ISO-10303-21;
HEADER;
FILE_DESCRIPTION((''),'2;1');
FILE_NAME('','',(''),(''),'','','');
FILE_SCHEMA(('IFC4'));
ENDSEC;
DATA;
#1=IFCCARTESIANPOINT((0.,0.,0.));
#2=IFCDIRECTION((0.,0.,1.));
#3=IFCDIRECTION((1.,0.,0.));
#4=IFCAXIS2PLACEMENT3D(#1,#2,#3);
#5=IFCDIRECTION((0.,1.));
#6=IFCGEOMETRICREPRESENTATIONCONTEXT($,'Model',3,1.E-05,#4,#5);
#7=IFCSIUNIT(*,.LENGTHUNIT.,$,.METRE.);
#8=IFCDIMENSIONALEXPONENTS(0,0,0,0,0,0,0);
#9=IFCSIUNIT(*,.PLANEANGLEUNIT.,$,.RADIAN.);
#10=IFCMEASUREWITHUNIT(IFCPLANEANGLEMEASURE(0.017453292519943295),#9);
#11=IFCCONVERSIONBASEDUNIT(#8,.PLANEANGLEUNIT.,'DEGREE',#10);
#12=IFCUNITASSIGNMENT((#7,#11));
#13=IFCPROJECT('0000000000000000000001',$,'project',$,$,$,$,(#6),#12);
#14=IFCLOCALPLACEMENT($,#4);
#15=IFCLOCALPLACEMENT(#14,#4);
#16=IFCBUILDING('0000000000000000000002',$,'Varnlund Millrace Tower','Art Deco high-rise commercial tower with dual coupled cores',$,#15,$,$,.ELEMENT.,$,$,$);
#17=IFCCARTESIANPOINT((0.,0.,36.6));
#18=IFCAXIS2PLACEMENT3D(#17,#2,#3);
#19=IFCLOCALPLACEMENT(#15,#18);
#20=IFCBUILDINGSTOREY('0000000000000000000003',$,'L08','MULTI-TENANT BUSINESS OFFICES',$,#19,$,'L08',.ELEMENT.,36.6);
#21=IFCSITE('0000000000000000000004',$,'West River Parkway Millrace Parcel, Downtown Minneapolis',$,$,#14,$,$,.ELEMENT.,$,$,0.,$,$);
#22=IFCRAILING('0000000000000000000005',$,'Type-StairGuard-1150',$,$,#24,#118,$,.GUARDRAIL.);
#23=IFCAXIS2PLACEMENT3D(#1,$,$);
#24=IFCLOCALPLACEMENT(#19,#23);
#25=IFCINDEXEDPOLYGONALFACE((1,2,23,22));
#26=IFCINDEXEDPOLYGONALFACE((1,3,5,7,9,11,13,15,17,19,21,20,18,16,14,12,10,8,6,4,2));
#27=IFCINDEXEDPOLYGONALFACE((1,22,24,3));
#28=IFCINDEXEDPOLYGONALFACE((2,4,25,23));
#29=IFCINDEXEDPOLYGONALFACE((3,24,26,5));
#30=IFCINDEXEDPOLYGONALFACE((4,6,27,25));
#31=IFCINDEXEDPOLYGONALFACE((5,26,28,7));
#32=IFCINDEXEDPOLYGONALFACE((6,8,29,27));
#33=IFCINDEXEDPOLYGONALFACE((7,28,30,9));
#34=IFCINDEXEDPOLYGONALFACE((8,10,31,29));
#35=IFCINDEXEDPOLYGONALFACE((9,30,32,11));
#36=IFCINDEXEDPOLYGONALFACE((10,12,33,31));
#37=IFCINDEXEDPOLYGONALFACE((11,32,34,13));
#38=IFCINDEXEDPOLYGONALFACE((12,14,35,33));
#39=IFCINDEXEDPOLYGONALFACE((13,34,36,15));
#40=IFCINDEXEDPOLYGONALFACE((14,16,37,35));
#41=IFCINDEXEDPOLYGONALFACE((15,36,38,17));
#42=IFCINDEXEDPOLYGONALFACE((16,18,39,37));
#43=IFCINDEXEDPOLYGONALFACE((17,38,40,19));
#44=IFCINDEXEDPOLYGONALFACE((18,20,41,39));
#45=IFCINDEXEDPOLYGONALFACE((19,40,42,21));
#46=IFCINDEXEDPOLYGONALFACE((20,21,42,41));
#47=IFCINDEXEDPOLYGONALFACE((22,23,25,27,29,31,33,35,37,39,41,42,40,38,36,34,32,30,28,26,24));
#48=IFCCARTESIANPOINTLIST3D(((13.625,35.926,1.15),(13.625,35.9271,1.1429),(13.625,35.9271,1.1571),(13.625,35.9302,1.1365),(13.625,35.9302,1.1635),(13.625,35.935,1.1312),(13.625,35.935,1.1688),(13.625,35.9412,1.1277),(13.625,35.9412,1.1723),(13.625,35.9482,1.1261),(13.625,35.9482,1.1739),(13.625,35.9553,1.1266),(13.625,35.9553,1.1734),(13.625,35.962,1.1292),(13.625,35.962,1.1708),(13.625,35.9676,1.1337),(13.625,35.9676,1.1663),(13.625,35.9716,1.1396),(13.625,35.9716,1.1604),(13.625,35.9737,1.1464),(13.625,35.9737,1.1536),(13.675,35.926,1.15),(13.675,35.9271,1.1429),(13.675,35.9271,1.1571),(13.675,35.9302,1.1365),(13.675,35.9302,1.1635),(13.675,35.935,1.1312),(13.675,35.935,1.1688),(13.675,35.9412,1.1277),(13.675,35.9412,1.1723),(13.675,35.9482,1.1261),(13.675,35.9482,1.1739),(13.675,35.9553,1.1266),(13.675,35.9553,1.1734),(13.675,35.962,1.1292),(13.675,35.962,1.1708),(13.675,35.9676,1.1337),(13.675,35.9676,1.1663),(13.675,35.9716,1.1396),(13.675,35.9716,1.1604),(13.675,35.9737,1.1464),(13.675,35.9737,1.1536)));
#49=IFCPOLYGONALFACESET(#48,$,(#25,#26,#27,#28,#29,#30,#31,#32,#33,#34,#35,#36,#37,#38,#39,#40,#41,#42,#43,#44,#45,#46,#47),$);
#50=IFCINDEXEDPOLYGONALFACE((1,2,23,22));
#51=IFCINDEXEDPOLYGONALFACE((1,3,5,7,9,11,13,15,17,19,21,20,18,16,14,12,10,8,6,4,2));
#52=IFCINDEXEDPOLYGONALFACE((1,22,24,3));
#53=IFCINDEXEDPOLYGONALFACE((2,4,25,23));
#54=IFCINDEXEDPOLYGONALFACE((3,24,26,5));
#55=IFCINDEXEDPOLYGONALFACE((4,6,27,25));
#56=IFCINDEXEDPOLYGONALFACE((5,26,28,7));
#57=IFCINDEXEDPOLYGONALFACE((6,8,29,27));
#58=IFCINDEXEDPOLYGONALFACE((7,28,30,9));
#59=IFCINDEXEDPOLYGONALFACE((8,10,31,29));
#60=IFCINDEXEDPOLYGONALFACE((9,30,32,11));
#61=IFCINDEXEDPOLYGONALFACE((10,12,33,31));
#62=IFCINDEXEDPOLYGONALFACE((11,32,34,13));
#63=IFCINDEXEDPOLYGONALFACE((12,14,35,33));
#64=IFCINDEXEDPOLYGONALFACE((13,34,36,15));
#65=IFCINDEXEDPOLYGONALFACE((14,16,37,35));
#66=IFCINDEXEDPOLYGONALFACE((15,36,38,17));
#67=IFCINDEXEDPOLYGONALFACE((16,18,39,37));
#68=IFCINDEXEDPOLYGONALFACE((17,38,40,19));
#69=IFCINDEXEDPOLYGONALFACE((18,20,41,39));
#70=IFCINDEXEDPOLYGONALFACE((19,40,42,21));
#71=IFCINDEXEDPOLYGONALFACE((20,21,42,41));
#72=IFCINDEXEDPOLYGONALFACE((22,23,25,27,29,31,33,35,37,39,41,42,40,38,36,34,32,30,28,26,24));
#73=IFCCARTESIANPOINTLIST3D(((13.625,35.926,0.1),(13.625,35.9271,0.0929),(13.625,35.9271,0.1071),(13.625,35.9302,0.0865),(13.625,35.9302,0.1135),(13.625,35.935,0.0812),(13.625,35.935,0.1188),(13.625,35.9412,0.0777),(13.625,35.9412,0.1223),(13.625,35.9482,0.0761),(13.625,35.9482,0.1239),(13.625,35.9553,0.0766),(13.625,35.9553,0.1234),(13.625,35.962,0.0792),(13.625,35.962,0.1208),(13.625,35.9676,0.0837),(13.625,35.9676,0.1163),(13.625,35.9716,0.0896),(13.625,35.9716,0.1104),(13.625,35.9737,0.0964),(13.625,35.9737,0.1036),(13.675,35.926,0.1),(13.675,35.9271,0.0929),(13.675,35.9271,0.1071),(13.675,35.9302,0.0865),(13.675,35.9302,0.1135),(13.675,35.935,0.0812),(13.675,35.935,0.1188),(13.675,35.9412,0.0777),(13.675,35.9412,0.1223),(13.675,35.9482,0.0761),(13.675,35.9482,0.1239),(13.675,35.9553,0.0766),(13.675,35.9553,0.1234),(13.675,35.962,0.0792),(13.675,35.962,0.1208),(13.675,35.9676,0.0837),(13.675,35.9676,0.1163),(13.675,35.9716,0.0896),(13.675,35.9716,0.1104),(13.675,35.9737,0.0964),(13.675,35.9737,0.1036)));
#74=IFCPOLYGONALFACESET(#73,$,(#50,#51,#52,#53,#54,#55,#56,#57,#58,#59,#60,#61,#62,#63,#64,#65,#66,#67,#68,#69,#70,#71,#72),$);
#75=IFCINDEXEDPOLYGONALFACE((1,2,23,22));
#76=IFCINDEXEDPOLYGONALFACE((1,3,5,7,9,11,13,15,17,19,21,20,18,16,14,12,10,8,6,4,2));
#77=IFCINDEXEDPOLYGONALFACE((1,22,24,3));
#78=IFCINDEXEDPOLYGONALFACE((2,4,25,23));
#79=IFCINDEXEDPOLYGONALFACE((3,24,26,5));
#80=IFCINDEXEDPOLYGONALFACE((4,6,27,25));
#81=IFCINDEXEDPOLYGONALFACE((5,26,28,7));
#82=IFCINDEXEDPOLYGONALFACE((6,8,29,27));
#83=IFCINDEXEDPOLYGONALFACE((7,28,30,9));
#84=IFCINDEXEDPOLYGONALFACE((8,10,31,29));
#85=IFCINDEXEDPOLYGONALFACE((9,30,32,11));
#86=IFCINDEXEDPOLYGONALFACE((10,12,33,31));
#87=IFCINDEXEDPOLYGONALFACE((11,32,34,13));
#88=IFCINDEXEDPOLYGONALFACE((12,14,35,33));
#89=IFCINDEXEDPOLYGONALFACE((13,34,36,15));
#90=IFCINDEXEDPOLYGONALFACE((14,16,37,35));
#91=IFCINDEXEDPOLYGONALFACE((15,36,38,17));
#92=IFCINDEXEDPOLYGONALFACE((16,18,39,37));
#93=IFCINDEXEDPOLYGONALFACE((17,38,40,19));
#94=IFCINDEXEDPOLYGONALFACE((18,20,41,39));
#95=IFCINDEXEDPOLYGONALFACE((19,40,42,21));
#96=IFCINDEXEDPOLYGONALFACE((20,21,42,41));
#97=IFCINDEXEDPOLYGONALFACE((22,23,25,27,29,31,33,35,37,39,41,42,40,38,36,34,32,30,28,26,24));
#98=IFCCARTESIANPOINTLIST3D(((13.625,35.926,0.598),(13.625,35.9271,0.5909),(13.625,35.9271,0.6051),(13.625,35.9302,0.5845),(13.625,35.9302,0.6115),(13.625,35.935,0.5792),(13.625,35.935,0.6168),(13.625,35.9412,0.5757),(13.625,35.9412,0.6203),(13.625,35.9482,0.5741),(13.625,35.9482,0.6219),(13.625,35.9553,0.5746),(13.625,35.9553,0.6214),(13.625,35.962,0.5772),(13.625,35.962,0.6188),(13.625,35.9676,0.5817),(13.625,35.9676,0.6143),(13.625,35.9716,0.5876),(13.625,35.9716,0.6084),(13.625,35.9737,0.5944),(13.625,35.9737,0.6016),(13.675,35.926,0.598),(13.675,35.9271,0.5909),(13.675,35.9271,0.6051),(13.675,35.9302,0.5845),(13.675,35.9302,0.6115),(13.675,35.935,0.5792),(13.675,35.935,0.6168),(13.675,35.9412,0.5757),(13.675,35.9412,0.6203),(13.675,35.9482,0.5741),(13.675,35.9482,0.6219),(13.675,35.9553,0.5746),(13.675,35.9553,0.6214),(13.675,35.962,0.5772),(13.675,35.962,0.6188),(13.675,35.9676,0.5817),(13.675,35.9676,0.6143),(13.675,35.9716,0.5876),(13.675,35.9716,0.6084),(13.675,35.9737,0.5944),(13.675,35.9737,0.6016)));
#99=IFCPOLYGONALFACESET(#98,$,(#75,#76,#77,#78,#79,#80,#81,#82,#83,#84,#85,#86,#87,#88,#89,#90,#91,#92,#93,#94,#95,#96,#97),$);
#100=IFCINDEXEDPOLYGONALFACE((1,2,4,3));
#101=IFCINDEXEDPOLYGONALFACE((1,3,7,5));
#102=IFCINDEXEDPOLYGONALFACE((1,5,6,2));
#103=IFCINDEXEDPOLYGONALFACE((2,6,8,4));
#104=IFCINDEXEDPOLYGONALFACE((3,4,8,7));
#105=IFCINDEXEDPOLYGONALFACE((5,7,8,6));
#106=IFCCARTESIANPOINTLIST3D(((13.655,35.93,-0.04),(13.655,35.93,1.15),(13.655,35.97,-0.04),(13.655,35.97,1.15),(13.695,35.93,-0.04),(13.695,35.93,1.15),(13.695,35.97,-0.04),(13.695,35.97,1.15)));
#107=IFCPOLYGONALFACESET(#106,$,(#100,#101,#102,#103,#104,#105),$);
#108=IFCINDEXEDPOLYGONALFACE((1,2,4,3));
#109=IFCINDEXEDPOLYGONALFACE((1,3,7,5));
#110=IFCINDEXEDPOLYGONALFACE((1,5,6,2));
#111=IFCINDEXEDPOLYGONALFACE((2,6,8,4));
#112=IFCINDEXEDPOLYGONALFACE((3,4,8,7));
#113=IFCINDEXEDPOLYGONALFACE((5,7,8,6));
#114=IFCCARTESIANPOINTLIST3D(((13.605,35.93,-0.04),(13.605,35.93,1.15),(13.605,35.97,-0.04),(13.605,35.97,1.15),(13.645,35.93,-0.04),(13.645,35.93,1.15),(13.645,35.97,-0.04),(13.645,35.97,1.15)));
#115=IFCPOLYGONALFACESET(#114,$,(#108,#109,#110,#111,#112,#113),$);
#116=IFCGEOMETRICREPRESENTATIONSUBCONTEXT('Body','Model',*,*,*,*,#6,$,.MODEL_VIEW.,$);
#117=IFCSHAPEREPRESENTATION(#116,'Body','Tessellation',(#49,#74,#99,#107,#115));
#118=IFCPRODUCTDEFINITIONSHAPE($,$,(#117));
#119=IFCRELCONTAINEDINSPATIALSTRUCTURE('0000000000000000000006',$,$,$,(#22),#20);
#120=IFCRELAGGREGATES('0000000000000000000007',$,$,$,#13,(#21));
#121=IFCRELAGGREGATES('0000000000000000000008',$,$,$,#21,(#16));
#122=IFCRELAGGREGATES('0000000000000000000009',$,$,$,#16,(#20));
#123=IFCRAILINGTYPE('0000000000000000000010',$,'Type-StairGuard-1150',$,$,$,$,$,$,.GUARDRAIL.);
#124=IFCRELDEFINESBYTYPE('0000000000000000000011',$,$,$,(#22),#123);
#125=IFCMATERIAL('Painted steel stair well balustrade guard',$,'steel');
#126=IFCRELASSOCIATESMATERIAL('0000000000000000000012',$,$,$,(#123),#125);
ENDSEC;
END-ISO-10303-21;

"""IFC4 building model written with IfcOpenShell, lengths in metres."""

from ifc_helpers import new_model, entity, si_unit, converted_unit, direction, frame, origin_with_axes, origin_2d_with_axis, place, context, subcontext, project, spatial, rectangle, circle, extrude, material, type_object, element, save


model = new_model("IFC4")

# Units and contexts
model_context = context("Model", 3, precision=1e-05, world=origin_with_axes(), true_north=direction((0.0, 1.0)))
body_context = subcontext(model_context, "Body", "Model", "MODEL_VIEW")
ifc_project = project(units=[si_unit("LENGTHUNIT", "METRE"), converted_unit("PLANEANGLEUNIT", "DEGREE", entity("IfcPlaneAngleMeasure", 0.017453292519943295), si_unit("PLANEANGLEUNIT", "RADIAN"), dimensions=[0, 0, 0, 0, 0, 0, 0])], contexts=[model_context])

# Site, building, storey
site_placement = place(None, origin_with_axes())
site = spatial("IfcSite", under=ifc_project, at=site_placement, Name="West River Parkway Millrace Parcel, Downtown Minneapolis", CompositionType="ELEMENT", RefElevation=0.0)
building_placement = place(site_placement, origin_with_axes())
building = spatial("IfcBuilding", under=site, at=building_placement, Name="Varnlund Millrace Tower", Description="Art Deco high-rise commercial tower with dual coupled cores", CompositionType="ELEMENT")
storey_placement = place(building_placement, frame((0.0, 0.0, 36.6), z_axis=(0.0, 0.0, 1.0), x_axis=(1.0, 0.0, 0.0)))
storey = spatial("IfcBuildingStorey", under=building, at=storey_placement, Name="L08", Description="MULTI-TENANT BUSINESS OFFICES", LongName="L08", CompositionType="ELEMENT", Elevation=36.6)

# Railing
ifc_material_1 = material(Name="Painted steel stair well balustrade guard", Category="steel")
railing_type_1 = type_object("IfcRailingType", Name="Type-StairGuard-1150", PredefinedType="GUARDRAIL", material=ifc_material_1)
railing_1_placement = place(storey_placement, frame((0.0, 0.0, -36.6), z_axis=(0.0, 0.0, 1.0), x_axis=(1.0, 0.0, 0.0)))
element("IfcRailing", 1, at=railing_1_placement, inside=storey, type_object=railing_type_1, Name="Type-StairGuard-1150", PredefinedType="GUARDRAIL", context=body_context, shape_type="SweptSolid", body=[
    extrude(circle(Radius=0.024, at=origin_2d_with_axis()), frame((13.675, 35.95, 37.75), z_axis=(-1.0, 0.0, 0.0), x_axis=(0.0, -1.0, 0.0)), (0.0, 0.0, 1.0), 0.05),
    extrude(circle(Radius=0.024, at=origin_2d_with_axis()), frame((13.675, 35.95, 36.7), z_axis=(-1.0, 0.0, 0.0), x_axis=(0.0, -1.0, 0.0)), (0.0, 0.0, 1.0), 0.05),
    extrude(circle(Radius=0.024, at=origin_2d_with_axis()), frame((13.675, 35.95, 37.198), z_axis=(-1.0, 0.0, 0.0), x_axis=(0.0, -1.0, 0.0)), (0.0, 0.0, 1.0), 0.05),
    extrude(rectangle(XDim=0.04, YDim=0.04, at=origin_2d_with_axis()), frame((13.675, 35.95, 36.56), z_axis=(0.0, 0.0, 1.0), x_axis=(1.0, 0.0, 0.0)), (0.0, 0.0, 1.0), 1.19),
    extrude(rectangle(XDim=0.04, YDim=0.04, at=origin_2d_with_axis()), frame((13.625, 35.95, 36.56), z_axis=(0.0, 0.0, 1.0), x_axis=(1.0, 0.0, 0.0)), (0.0, 0.0, 1.0), 1.19),
])

save(model, "model.ifc")
